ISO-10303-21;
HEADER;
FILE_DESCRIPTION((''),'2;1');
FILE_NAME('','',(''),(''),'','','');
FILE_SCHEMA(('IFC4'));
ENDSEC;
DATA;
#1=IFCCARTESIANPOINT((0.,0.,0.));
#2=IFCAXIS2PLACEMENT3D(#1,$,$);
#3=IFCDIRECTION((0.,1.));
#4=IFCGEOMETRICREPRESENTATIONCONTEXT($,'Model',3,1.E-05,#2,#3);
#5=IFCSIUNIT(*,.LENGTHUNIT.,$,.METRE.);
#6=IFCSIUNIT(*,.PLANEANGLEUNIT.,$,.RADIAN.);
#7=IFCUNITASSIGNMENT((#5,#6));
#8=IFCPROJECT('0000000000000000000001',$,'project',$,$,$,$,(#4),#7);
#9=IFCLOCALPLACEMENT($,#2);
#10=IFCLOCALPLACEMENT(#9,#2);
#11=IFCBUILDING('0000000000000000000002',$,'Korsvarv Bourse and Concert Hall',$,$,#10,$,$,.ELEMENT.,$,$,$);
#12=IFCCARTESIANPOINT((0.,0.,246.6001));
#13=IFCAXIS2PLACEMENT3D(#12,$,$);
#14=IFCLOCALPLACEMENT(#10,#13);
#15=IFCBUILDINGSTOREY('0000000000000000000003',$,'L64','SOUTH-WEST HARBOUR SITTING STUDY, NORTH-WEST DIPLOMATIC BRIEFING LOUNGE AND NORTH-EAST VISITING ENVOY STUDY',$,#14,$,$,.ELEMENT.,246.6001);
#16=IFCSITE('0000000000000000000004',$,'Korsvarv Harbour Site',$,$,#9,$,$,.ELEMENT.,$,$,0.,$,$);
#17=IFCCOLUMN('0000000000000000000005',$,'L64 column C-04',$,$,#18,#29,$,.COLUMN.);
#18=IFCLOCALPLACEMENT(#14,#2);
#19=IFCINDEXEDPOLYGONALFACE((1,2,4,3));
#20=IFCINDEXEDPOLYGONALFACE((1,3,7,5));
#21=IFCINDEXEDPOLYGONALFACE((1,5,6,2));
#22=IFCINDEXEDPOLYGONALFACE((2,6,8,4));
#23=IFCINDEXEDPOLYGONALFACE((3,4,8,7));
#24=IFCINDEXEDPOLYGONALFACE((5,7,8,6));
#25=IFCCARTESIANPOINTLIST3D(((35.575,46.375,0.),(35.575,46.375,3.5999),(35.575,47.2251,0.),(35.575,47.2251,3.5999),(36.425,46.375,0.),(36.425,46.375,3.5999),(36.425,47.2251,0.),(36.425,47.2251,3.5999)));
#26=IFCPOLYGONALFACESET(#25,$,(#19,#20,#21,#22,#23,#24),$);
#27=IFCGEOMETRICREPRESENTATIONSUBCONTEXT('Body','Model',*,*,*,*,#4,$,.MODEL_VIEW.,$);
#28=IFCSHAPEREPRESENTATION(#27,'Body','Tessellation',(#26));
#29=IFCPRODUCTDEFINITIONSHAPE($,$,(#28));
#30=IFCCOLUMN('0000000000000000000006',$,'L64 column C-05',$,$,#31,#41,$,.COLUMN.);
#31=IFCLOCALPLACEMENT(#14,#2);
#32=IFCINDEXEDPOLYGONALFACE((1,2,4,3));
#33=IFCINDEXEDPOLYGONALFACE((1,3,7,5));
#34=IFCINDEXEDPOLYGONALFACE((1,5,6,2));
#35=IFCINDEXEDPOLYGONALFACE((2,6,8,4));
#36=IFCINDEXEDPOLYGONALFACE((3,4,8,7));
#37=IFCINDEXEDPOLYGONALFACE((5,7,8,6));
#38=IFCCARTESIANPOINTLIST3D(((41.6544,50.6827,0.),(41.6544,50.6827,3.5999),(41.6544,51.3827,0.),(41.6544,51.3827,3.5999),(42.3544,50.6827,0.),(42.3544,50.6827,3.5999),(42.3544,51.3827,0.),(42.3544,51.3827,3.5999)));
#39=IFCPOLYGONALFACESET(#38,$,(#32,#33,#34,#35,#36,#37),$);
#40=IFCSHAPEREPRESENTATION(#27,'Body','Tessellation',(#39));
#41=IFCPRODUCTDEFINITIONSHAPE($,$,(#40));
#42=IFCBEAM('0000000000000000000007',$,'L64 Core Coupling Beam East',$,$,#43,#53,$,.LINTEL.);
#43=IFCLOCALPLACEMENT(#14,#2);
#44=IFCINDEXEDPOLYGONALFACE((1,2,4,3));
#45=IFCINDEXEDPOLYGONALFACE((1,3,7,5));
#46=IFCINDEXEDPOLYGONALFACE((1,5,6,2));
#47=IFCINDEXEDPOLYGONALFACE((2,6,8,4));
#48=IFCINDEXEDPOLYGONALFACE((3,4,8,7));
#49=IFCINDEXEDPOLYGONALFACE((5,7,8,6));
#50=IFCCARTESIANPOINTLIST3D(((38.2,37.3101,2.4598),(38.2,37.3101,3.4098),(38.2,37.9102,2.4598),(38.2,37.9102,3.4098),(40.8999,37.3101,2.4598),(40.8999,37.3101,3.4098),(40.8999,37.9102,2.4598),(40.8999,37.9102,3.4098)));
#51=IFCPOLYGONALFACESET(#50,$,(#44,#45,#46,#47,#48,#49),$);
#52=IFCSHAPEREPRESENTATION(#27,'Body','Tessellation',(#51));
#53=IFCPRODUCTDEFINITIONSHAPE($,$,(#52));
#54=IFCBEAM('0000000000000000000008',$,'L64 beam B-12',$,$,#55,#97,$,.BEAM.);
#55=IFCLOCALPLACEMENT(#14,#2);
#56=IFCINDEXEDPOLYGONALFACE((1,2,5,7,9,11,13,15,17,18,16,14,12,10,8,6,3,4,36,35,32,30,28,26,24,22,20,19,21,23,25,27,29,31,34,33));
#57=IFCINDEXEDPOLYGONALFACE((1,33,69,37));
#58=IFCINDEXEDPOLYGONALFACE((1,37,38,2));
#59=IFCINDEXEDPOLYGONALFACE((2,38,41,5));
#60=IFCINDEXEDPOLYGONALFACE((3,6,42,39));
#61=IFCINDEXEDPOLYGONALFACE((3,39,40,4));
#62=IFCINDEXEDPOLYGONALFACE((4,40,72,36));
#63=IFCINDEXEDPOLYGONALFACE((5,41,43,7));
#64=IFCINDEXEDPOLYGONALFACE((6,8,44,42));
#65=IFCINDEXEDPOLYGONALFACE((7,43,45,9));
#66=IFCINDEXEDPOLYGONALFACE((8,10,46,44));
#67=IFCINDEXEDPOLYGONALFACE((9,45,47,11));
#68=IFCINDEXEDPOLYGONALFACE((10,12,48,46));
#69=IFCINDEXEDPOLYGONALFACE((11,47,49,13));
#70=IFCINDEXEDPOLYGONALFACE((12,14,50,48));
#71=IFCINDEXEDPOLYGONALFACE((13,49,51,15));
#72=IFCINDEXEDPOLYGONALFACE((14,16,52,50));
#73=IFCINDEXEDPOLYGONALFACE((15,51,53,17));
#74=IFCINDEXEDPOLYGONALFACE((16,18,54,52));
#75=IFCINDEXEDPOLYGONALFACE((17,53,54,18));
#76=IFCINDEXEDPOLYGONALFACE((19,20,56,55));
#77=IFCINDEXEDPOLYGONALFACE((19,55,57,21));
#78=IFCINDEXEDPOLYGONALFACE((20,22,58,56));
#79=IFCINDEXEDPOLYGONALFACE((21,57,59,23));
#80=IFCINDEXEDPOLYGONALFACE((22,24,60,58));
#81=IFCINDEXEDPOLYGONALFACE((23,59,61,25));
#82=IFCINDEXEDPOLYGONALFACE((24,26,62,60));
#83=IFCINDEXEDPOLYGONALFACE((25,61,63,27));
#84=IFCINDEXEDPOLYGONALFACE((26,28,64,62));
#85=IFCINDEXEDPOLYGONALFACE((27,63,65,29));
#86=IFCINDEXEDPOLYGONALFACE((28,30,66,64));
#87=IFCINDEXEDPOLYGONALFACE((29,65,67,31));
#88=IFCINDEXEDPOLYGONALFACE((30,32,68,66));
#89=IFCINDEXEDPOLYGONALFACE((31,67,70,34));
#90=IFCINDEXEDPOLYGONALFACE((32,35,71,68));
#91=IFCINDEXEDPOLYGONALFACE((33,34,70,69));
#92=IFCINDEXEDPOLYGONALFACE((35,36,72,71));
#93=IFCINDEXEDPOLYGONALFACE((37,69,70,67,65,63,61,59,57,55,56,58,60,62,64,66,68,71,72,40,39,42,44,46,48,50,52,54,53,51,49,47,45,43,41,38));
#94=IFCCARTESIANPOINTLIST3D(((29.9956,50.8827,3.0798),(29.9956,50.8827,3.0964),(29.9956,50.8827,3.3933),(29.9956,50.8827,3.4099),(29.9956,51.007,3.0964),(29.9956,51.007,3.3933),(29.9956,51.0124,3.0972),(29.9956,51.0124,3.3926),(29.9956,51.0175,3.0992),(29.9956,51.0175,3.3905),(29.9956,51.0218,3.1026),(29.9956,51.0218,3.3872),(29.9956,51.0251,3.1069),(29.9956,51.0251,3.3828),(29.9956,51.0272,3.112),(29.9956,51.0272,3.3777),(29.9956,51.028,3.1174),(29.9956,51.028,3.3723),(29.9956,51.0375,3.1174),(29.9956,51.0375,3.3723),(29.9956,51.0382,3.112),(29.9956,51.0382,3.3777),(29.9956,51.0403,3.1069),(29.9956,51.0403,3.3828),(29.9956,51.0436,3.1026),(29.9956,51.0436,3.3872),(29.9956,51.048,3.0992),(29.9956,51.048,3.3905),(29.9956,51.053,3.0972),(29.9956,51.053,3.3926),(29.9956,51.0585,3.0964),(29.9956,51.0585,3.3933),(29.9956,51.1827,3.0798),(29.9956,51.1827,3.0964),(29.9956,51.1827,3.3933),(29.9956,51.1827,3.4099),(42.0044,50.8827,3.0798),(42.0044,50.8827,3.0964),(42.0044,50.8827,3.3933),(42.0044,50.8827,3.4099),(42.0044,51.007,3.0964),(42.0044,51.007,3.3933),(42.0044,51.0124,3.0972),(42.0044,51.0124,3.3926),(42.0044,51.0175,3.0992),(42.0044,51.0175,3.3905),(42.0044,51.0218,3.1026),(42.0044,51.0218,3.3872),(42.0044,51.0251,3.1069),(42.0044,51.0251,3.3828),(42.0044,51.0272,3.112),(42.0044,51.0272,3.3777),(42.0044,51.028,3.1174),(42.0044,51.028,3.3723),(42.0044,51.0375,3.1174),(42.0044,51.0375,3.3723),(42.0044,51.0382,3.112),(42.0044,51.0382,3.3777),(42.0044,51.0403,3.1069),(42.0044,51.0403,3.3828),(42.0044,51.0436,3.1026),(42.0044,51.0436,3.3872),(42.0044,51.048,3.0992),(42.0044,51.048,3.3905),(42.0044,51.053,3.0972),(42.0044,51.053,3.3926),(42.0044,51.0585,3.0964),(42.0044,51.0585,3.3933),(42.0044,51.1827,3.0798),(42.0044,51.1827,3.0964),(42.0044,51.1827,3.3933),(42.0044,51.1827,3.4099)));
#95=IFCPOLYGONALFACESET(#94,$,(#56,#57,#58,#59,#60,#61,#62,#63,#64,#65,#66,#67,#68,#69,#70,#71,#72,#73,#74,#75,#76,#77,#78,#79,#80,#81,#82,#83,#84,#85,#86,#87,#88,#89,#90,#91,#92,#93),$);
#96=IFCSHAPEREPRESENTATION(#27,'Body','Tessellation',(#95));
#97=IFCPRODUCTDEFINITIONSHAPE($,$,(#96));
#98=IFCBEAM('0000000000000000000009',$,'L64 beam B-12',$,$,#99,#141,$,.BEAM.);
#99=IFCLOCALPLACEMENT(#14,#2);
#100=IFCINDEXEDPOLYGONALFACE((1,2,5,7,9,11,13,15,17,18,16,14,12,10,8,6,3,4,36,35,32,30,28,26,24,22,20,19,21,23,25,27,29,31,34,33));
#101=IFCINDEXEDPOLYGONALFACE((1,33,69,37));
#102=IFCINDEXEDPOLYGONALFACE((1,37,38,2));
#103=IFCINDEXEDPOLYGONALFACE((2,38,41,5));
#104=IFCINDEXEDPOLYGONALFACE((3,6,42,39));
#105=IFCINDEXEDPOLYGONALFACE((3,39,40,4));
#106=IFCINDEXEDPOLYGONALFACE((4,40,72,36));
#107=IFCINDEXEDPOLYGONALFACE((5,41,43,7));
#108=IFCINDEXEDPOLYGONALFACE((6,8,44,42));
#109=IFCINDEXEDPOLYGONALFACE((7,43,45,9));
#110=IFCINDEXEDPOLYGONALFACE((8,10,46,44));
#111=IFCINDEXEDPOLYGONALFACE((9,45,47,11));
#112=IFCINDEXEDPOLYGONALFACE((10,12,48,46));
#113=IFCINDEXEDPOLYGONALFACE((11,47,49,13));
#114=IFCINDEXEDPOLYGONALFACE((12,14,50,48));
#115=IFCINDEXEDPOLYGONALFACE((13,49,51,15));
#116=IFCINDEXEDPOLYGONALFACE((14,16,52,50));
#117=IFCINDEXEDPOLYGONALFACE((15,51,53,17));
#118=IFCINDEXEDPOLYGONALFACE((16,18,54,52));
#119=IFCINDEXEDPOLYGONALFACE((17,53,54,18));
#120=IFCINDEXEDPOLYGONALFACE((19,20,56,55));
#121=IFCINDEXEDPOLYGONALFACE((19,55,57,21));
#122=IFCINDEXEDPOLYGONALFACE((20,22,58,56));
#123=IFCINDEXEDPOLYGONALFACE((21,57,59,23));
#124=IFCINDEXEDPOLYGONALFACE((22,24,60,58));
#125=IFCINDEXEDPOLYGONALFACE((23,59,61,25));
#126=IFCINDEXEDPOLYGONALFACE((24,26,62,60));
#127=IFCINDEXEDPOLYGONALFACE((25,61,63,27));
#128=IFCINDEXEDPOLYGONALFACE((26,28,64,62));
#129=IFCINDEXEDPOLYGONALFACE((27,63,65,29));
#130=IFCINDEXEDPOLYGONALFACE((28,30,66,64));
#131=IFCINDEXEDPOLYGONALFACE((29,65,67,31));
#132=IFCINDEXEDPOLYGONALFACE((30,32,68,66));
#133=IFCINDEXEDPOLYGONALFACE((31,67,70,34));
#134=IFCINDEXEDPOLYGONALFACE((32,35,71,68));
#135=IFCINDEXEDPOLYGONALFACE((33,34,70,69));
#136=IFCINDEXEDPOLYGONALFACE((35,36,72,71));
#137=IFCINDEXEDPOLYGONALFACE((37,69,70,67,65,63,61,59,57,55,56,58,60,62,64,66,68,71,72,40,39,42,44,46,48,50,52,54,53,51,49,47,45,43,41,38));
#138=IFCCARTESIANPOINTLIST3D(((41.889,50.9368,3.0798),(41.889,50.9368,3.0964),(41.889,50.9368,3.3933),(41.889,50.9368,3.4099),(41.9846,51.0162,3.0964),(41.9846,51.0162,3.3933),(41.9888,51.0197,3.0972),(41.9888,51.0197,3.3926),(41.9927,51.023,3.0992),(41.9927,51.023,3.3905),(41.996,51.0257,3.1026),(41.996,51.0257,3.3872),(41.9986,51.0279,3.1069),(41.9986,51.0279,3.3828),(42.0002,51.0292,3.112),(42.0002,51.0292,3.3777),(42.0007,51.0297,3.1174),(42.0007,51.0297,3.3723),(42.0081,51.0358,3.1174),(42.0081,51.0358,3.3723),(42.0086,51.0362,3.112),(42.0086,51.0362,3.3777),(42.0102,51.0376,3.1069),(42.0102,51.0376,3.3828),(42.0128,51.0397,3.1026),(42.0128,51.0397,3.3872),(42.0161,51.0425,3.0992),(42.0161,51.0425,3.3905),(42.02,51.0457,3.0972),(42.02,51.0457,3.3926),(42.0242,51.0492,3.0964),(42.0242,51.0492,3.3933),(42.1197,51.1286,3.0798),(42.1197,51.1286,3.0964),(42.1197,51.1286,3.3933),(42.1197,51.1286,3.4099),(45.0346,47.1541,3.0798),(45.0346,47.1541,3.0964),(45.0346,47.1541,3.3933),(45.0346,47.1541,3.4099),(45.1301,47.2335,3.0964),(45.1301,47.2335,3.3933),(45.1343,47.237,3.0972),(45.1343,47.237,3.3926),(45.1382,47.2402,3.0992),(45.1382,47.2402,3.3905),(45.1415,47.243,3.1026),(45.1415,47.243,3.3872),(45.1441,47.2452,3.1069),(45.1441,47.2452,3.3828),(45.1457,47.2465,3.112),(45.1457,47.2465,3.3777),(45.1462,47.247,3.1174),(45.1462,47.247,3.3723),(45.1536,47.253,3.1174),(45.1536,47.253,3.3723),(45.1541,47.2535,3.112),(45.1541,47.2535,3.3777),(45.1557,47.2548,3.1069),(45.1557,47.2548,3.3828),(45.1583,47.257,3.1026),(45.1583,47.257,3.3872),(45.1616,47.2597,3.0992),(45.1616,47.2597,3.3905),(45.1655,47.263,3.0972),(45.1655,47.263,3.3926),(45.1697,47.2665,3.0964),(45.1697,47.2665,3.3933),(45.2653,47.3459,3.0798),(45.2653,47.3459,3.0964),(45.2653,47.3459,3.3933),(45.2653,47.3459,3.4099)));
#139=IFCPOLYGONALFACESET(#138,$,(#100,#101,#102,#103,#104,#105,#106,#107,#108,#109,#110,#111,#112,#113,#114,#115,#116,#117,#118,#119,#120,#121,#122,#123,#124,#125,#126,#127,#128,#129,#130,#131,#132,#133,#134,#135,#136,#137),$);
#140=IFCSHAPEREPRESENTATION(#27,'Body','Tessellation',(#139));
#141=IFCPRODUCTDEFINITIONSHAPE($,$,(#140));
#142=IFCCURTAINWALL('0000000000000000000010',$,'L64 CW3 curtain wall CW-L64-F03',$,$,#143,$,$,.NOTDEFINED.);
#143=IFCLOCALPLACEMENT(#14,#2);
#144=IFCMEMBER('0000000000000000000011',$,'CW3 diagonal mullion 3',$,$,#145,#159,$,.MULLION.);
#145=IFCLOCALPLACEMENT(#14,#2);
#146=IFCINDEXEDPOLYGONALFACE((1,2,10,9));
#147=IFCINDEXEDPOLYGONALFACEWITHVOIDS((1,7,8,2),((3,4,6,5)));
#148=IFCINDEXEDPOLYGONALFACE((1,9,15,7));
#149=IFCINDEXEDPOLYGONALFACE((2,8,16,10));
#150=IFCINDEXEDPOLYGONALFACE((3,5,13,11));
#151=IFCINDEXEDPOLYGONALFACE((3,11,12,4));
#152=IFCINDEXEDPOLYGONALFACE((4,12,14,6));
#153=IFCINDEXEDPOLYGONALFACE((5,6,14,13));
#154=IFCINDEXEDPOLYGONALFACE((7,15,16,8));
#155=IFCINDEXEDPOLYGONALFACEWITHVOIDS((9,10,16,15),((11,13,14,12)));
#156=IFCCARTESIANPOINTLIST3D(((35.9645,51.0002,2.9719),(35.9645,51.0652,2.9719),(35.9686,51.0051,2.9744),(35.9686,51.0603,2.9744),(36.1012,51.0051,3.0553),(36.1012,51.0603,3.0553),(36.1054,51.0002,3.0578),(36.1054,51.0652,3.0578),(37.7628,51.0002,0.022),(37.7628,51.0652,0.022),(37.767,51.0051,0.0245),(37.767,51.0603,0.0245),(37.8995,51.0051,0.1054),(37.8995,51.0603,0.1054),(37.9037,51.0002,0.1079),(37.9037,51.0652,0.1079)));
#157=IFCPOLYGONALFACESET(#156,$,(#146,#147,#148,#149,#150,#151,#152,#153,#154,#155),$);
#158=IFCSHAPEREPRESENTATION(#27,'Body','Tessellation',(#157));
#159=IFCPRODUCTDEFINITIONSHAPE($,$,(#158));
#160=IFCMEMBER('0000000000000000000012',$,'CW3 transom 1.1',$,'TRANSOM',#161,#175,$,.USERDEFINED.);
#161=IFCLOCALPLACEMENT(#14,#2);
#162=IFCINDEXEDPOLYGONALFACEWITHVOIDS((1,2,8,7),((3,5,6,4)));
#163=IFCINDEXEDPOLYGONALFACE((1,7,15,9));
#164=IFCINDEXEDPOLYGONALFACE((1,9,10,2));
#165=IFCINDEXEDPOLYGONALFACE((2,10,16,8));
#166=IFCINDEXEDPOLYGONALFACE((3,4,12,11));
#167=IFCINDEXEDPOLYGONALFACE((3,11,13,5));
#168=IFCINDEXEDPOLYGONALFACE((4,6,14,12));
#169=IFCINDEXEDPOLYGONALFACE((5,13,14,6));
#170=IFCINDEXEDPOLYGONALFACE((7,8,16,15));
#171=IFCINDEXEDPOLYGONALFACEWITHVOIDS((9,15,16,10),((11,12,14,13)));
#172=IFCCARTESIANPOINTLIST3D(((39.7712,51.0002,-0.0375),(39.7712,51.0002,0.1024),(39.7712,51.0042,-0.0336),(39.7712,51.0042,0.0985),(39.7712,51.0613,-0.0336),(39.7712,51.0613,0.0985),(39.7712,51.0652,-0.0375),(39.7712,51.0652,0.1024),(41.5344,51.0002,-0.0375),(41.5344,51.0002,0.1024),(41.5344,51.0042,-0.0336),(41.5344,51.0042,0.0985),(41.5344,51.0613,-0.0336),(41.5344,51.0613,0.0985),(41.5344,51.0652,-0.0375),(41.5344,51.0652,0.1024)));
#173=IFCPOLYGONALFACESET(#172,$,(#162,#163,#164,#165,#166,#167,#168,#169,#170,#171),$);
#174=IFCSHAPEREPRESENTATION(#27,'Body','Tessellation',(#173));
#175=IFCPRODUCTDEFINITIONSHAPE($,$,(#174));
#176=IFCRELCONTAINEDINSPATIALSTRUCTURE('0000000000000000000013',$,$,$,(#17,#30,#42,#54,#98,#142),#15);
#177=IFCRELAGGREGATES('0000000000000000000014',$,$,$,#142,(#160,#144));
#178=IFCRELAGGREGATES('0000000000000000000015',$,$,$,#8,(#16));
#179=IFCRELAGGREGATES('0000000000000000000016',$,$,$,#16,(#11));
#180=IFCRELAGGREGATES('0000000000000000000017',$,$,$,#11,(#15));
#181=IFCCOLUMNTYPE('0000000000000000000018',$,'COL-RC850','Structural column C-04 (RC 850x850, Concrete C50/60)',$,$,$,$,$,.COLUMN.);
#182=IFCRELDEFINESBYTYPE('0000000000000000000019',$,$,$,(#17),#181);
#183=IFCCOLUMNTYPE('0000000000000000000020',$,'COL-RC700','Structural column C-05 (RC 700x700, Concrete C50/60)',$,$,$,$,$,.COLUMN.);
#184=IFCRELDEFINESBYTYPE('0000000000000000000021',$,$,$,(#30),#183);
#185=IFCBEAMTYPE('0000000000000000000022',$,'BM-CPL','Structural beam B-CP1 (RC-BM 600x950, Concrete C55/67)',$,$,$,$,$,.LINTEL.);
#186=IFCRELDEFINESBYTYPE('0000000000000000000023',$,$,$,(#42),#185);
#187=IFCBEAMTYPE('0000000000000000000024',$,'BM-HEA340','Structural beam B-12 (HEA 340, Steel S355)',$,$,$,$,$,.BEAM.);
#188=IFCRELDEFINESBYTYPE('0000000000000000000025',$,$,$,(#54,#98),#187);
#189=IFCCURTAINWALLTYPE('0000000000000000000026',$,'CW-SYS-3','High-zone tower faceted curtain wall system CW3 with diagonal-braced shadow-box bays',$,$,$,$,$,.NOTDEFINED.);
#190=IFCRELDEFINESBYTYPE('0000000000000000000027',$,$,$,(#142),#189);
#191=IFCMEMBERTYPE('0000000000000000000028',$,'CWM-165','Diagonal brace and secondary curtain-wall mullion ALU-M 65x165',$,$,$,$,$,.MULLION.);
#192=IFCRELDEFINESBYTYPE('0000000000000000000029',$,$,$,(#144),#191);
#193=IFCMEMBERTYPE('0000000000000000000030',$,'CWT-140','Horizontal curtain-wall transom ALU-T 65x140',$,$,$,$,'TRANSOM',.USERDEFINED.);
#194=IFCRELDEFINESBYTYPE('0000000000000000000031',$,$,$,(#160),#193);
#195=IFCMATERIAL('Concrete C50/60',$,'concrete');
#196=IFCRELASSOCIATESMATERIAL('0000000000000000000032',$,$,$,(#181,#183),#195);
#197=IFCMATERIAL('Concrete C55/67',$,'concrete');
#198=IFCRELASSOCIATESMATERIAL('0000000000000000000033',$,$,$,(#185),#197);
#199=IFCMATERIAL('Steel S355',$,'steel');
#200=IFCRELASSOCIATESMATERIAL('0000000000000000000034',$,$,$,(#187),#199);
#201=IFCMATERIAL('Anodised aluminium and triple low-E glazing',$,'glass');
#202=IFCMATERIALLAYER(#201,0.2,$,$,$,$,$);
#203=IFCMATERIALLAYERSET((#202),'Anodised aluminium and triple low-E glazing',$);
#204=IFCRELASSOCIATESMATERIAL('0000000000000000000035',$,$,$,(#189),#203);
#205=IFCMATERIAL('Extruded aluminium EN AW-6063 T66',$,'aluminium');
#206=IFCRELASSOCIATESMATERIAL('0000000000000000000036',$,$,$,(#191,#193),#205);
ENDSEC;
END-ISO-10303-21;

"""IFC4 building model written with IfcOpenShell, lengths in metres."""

from ifc_helpers import new_model, si_unit, direction, frame, origin, origin_2d, place, context, subcontext, project, spatial, rectangle, hollow_rectangle, i_section, extrude, source, transform, mapped, material, layer, layer_set, material_profile, profile_set, type_object, element, aggregate, save


model = new_model("IFC4")

# Units and contexts
model_context = context("Model", 3, precision=1e-05, world=origin(), true_north=direction((0.0, 1.0)))
body_context = subcontext(model_context, "Body", "Model", "MODEL_VIEW")
ifc_project = project(units=[si_unit("LENGTHUNIT", "METRE"), si_unit("PLANEANGLEUNIT", "RADIAN")], contexts=[model_context])

# Site, building, storey
site_placement = place(None, origin())
site = spatial("IfcSite", under=ifc_project, at=site_placement, Name="Korsvarv Harbour Site", CompositionType="ELEMENT", RefElevation=0.0)
building_placement = place(site_placement, origin())
building = spatial("IfcBuilding", under=site, at=building_placement, Name="Korsvarv Bourse and Concert Hall", CompositionType="ELEMENT")
storey_placement = place(building_placement, frame((0.0, 0.0, 246.6001)))
storey = spatial("IfcBuildingStorey", under=building, at=storey_placement, Name="L64", Description="SOUTH-WEST HARBOUR SITTING STUDY, NORTH-WEST DIPLOMATIC BRIEFING LOUNGE AND NORTH-EAST VISITING ENVOY STUDY", CompositionType="ELEMENT", Elevation=246.6001)

# Columns
ifc_material_1 = material(Name="Concrete C50/60", Category="concrete")
ifc_material_profile_1 = material_profile(ifc_material_1, rectangle(XDim=0.8501, YDim=0.8501, at=origin_2d()), Name="RC 850x850")
ifc_profile_set_1 = profile_set([ifc_material_profile_1], Name="Concrete C50/60")
column_type_1 = type_object("IfcColumnType", Name="COL-RC850", Description="Structural column C-04 (RC 850x850, Concrete C50/60)", PredefinedType="COLUMN", material=ifc_profile_set_1)
shared_shape_1 = source(origin(), body_context, "Body", "SweptSolid", [
    extrude(rectangle(XDim=0.8501, YDim=0.8501, at=origin_2d()), origin(), (0.0, 0.0, 1.0), 3.5999),
])
column_1_placement = place(storey_placement, frame((36.0, 46.8, 0.0), z_axis=(0.0, 0.0, 1.0), x_axis=(1.0, 0.0, 0.0)))
element("IfcColumn", 1, at=column_1_placement, inside=storey, type_object=column_type_1, Name="L64 column C-04", PredefinedType="COLUMN", context=body_context, shape_type="MappedRepresentation", body=[
    mapped(shared_shape_1, transform((0.0, 0.0, 0.0), scale=1.0)),
])
ifc_material_profile_2 = material_profile(ifc_material_1, rectangle(XDim=0.7, YDim=0.7, at=origin_2d()), Name="RC 700x700")
ifc_profile_set_2 = profile_set([ifc_material_profile_2], Name="Concrete C50/60")
column_type_2 = type_object("IfcColumnType", Name="COL-RC700", Description="Structural column C-05 (RC 700x700, Concrete C50/60)", PredefinedType="COLUMN", material=ifc_profile_set_2)
shared_shape_2 = source(origin(), body_context, "Body", "SweptSolid", [
    extrude(rectangle(XDim=0.7, YDim=0.7, at=origin_2d()), origin(), (0.0, 0.0, 1.0), 3.5999),
])
column_2_placement = place(storey_placement, frame((42.0044, 51.0327, 0.0), z_axis=(0.0, 0.0, 1.0), x_axis=(1.0, 0.0, 0.0)))
element("IfcColumn", 2, at=column_2_placement, inside=storey, type_object=column_type_2, Name="L64 column C-05", PredefinedType="COLUMN", context=body_context, shape_type="MappedRepresentation", body=[
    mapped(shared_shape_2, transform((0.0, 0.0, 0.0), scale=1.0)),
])

# Beams
ifc_material_2 = material(Name="Concrete C55/67", Category="concrete")
ifc_material_profile_3 = material_profile(ifc_material_2, rectangle(XDim=0.6001, YDim=0.95, at=origin_2d()), Name="RC-BM 600x950")
ifc_profile_set_3 = profile_set([ifc_material_profile_3], Name="Concrete C55/67")
beam_type_1 = type_object("IfcBeamType", Name="BM-CPL", Description="Structural beam B-CP1 (RC-BM 600x950, Concrete C55/67)", PredefinedType="LINTEL", material=ifc_profile_set_3)
shared_shape_3 = source(origin(), body_context, "Body", "SweptSolid", [
    extrude(rectangle(XDim=0.6001, YDim=0.95, at=origin_2d()), origin(), (0.0, 0.0, 1.0), 2.7),
])
beam_1_placement = place(storey_placement, frame((38.2, 37.6101, 2.9348), z_axis=(1.0, 0.0, 0.0), x_axis=(0.0, 1.0, 0.0)))
element("IfcBeam", 3, at=beam_1_placement, inside=storey, type_object=beam_type_1, Name="L64 Core Coupling Beam East", PredefinedType="LINTEL", context=body_context, shape_type="MappedRepresentation", body=[
    mapped(shared_shape_3, transform((0.0, 0.0, 0.0), scale=1.0)),
])
ifc_material_3 = material(Name="Steel S355", Category="steel")
ifc_material_profile_4 = material_profile(ifc_material_3, i_section(OverallWidth=0.3, OverallDepth=0.3301, WebThickness=0.0095, FlangeThickness=0.0166, FilletRadius=0.021, at=origin_2d()), Name="HEA 340")
ifc_profile_set_4 = profile_set([ifc_material_profile_4], Name="Steel S355")
beam_type_2 = type_object("IfcBeamType", Name="BM-HEA340", Description="Structural beam B-12 (HEA 340, Steel S355)", PredefinedType="BEAM", material=ifc_profile_set_4)
shared_shape_4 = source(origin(), body_context, "Body", "SweptSolid", [
    extrude(i_section(OverallWidth=0.3, OverallDepth=0.3301, WebThickness=0.0095, FlangeThickness=0.0166, FilletRadius=0.021, at=origin_2d()), origin(), (0.0, 0.0, 1.0), 12.0088),
])
beam_2_placement = place(storey_placement, frame((42.0044, 51.0327, 3.2449), z_axis=(-1.0, 0.0, 0.0), x_axis=(0.0, -1.0, 0.0)))
element("IfcBeam", 4, at=beam_2_placement, inside=storey, type_object=beam_type_2, Name="L64 beam B-12", PredefinedType="BEAM", context=body_context, shape_type="MappedRepresentation", body=[
    mapped(shared_shape_4, transform((0.0, 0.0, 0.0), scale=1.0)),
])
shared_shape_5 = source(origin(), body_context, "Body", "SweptSolid", [
    extrude(i_section(OverallWidth=0.3, OverallDepth=0.3301, WebThickness=0.0095, FlangeThickness=0.0166, FilletRadius=0.021, at=origin_2d()), origin(), (0.0, 0.0, 1.0), 4.9197),
])
beam_3_placement = place(storey_placement, frame((42.0044, 51.0327, 3.2449), z_axis=(0.639374, -0.768896, 0.0), x_axis=(0.768896, 0.639374, 0.0)))
element("IfcBeam", 5, at=beam_3_placement, inside=storey, type_object=beam_type_2, Name="L64 beam B-12", PredefinedType="BEAM", context=body_context, shape_type="MappedRepresentation", body=[
    mapped(shared_shape_5, transform((0.0, 0.0, 0.0), scale=1.0)),
])

# Curtain wall, members
ifc_material_4 = material(Name="Anodised aluminium and triple low-E glazing", Category="glass")
ifc_layer_1 = layer(ifc_material_4, 0.2)
ifc_layer_set_1 = layer_set([ifc_layer_1], Name="Anodised aluminium and triple low-E glazing")
curtain_wall_type = type_object("IfcCurtainWallType", Name="CW-SYS-3", Description="High-zone tower faceted curtain wall system CW3 with diagonal-braced shadow-box bays", PredefinedType="NOTDEFINED", material=ifc_layer_set_1)
curtain_wall_placement = place(storey_placement, origin())
curtain_wall = element("IfcCurtainWall", 6, at=curtain_wall_placement, inside=storey, type_object=curtain_wall_type, Name="L64 CW3 curtain wall CW-L64-F03", PredefinedType="NOTDEFINED")
ifc_material_5 = material(Name="Extruded aluminium EN AW-6063 T66", Category="aluminium")
ifc_material_profile_5 = material_profile(ifc_material_5, hollow_rectangle(XDim=0.0649, YDim=0.165, WallThickness=0.0049, at=origin_2d()), Name="ALU-M 65x165")
ifc_profile_set_5 = profile_set([ifc_material_profile_5], Name="Extruded aluminium EN AW-6063 T66")
member_type_1 = type_object("IfcMemberType", Name="CWM-165", Description="Diagonal brace and secondary curtain-wall mullion ALU-M 65x165", PredefinedType="MULLION", material=ifc_profile_set_5)
shared_shape_6 = source(origin(), body_context, "Body", "SweptSolid", [
    extrude(hollow_rectangle(XDim=0.0649, YDim=0.165, WallThickness=0.0049, at=origin_2d()), origin(), (0.0, 0.0, 1.0), 3.4548),
])
member_1_placement = place(storey_placement, frame((37.8333, 51.0327, 0.0649), z_axis=(-0.520521, 0.0, 0.853849), x_axis=(0.0, -1.0, 0.0)))
member_1 = element("IfcMember", 7, at=member_1_placement, type_object=member_type_1, Name="CW3 diagonal mullion 3", PredefinedType="MULLION", context=body_context, shape_type="MappedRepresentation", body=[
    mapped(shared_shape_6, transform((0.0, 0.0, 0.0), scale=1.0)),
])
ifc_material_profile_6 = material_profile(ifc_material_5, hollow_rectangle(XDim=0.0649, YDim=0.1399, WallThickness=0.0039, at=origin_2d()), Name="ALU-T 65x140")
ifc_profile_set_6 = profile_set([ifc_material_profile_6], Name="Extruded aluminium EN AW-6063 T66")
member_type_2 = type_object("IfcMemberType", Name="CWT-140", Description="Horizontal curtain-wall transom ALU-T 65x140", ElementType="TRANSOM", PredefinedType="USERDEFINED", material=ifc_profile_set_6)
shared_shape_7 = source(origin(), body_context, "Body", "SweptSolid", [
    extrude(hollow_rectangle(XDim=0.0649, YDim=0.1399, WallThickness=0.0039, at=origin_2d()), origin(), (0.0, 0.0, 1.0), 1.7632),
])
member_2_placement = place(storey_placement, frame((41.5344, 51.0327, 0.0325), z_axis=(-1.0, 0.0, 0.0), x_axis=(0.0, -1.0, 0.0)))
member_2 = element("IfcMember", 8, at=member_2_placement, type_object=member_type_2, Name="CW3 transom 1.1", ObjectType="TRANSOM", PredefinedType="USERDEFINED", context=body_context, shape_type="MappedRepresentation", body=[
    mapped(shared_shape_7, transform((0.0, 0.0, 0.0), scale=1.0)),
])
aggregate(curtain_wall, [member_2, member_1])

save(model, "model.ifc")
